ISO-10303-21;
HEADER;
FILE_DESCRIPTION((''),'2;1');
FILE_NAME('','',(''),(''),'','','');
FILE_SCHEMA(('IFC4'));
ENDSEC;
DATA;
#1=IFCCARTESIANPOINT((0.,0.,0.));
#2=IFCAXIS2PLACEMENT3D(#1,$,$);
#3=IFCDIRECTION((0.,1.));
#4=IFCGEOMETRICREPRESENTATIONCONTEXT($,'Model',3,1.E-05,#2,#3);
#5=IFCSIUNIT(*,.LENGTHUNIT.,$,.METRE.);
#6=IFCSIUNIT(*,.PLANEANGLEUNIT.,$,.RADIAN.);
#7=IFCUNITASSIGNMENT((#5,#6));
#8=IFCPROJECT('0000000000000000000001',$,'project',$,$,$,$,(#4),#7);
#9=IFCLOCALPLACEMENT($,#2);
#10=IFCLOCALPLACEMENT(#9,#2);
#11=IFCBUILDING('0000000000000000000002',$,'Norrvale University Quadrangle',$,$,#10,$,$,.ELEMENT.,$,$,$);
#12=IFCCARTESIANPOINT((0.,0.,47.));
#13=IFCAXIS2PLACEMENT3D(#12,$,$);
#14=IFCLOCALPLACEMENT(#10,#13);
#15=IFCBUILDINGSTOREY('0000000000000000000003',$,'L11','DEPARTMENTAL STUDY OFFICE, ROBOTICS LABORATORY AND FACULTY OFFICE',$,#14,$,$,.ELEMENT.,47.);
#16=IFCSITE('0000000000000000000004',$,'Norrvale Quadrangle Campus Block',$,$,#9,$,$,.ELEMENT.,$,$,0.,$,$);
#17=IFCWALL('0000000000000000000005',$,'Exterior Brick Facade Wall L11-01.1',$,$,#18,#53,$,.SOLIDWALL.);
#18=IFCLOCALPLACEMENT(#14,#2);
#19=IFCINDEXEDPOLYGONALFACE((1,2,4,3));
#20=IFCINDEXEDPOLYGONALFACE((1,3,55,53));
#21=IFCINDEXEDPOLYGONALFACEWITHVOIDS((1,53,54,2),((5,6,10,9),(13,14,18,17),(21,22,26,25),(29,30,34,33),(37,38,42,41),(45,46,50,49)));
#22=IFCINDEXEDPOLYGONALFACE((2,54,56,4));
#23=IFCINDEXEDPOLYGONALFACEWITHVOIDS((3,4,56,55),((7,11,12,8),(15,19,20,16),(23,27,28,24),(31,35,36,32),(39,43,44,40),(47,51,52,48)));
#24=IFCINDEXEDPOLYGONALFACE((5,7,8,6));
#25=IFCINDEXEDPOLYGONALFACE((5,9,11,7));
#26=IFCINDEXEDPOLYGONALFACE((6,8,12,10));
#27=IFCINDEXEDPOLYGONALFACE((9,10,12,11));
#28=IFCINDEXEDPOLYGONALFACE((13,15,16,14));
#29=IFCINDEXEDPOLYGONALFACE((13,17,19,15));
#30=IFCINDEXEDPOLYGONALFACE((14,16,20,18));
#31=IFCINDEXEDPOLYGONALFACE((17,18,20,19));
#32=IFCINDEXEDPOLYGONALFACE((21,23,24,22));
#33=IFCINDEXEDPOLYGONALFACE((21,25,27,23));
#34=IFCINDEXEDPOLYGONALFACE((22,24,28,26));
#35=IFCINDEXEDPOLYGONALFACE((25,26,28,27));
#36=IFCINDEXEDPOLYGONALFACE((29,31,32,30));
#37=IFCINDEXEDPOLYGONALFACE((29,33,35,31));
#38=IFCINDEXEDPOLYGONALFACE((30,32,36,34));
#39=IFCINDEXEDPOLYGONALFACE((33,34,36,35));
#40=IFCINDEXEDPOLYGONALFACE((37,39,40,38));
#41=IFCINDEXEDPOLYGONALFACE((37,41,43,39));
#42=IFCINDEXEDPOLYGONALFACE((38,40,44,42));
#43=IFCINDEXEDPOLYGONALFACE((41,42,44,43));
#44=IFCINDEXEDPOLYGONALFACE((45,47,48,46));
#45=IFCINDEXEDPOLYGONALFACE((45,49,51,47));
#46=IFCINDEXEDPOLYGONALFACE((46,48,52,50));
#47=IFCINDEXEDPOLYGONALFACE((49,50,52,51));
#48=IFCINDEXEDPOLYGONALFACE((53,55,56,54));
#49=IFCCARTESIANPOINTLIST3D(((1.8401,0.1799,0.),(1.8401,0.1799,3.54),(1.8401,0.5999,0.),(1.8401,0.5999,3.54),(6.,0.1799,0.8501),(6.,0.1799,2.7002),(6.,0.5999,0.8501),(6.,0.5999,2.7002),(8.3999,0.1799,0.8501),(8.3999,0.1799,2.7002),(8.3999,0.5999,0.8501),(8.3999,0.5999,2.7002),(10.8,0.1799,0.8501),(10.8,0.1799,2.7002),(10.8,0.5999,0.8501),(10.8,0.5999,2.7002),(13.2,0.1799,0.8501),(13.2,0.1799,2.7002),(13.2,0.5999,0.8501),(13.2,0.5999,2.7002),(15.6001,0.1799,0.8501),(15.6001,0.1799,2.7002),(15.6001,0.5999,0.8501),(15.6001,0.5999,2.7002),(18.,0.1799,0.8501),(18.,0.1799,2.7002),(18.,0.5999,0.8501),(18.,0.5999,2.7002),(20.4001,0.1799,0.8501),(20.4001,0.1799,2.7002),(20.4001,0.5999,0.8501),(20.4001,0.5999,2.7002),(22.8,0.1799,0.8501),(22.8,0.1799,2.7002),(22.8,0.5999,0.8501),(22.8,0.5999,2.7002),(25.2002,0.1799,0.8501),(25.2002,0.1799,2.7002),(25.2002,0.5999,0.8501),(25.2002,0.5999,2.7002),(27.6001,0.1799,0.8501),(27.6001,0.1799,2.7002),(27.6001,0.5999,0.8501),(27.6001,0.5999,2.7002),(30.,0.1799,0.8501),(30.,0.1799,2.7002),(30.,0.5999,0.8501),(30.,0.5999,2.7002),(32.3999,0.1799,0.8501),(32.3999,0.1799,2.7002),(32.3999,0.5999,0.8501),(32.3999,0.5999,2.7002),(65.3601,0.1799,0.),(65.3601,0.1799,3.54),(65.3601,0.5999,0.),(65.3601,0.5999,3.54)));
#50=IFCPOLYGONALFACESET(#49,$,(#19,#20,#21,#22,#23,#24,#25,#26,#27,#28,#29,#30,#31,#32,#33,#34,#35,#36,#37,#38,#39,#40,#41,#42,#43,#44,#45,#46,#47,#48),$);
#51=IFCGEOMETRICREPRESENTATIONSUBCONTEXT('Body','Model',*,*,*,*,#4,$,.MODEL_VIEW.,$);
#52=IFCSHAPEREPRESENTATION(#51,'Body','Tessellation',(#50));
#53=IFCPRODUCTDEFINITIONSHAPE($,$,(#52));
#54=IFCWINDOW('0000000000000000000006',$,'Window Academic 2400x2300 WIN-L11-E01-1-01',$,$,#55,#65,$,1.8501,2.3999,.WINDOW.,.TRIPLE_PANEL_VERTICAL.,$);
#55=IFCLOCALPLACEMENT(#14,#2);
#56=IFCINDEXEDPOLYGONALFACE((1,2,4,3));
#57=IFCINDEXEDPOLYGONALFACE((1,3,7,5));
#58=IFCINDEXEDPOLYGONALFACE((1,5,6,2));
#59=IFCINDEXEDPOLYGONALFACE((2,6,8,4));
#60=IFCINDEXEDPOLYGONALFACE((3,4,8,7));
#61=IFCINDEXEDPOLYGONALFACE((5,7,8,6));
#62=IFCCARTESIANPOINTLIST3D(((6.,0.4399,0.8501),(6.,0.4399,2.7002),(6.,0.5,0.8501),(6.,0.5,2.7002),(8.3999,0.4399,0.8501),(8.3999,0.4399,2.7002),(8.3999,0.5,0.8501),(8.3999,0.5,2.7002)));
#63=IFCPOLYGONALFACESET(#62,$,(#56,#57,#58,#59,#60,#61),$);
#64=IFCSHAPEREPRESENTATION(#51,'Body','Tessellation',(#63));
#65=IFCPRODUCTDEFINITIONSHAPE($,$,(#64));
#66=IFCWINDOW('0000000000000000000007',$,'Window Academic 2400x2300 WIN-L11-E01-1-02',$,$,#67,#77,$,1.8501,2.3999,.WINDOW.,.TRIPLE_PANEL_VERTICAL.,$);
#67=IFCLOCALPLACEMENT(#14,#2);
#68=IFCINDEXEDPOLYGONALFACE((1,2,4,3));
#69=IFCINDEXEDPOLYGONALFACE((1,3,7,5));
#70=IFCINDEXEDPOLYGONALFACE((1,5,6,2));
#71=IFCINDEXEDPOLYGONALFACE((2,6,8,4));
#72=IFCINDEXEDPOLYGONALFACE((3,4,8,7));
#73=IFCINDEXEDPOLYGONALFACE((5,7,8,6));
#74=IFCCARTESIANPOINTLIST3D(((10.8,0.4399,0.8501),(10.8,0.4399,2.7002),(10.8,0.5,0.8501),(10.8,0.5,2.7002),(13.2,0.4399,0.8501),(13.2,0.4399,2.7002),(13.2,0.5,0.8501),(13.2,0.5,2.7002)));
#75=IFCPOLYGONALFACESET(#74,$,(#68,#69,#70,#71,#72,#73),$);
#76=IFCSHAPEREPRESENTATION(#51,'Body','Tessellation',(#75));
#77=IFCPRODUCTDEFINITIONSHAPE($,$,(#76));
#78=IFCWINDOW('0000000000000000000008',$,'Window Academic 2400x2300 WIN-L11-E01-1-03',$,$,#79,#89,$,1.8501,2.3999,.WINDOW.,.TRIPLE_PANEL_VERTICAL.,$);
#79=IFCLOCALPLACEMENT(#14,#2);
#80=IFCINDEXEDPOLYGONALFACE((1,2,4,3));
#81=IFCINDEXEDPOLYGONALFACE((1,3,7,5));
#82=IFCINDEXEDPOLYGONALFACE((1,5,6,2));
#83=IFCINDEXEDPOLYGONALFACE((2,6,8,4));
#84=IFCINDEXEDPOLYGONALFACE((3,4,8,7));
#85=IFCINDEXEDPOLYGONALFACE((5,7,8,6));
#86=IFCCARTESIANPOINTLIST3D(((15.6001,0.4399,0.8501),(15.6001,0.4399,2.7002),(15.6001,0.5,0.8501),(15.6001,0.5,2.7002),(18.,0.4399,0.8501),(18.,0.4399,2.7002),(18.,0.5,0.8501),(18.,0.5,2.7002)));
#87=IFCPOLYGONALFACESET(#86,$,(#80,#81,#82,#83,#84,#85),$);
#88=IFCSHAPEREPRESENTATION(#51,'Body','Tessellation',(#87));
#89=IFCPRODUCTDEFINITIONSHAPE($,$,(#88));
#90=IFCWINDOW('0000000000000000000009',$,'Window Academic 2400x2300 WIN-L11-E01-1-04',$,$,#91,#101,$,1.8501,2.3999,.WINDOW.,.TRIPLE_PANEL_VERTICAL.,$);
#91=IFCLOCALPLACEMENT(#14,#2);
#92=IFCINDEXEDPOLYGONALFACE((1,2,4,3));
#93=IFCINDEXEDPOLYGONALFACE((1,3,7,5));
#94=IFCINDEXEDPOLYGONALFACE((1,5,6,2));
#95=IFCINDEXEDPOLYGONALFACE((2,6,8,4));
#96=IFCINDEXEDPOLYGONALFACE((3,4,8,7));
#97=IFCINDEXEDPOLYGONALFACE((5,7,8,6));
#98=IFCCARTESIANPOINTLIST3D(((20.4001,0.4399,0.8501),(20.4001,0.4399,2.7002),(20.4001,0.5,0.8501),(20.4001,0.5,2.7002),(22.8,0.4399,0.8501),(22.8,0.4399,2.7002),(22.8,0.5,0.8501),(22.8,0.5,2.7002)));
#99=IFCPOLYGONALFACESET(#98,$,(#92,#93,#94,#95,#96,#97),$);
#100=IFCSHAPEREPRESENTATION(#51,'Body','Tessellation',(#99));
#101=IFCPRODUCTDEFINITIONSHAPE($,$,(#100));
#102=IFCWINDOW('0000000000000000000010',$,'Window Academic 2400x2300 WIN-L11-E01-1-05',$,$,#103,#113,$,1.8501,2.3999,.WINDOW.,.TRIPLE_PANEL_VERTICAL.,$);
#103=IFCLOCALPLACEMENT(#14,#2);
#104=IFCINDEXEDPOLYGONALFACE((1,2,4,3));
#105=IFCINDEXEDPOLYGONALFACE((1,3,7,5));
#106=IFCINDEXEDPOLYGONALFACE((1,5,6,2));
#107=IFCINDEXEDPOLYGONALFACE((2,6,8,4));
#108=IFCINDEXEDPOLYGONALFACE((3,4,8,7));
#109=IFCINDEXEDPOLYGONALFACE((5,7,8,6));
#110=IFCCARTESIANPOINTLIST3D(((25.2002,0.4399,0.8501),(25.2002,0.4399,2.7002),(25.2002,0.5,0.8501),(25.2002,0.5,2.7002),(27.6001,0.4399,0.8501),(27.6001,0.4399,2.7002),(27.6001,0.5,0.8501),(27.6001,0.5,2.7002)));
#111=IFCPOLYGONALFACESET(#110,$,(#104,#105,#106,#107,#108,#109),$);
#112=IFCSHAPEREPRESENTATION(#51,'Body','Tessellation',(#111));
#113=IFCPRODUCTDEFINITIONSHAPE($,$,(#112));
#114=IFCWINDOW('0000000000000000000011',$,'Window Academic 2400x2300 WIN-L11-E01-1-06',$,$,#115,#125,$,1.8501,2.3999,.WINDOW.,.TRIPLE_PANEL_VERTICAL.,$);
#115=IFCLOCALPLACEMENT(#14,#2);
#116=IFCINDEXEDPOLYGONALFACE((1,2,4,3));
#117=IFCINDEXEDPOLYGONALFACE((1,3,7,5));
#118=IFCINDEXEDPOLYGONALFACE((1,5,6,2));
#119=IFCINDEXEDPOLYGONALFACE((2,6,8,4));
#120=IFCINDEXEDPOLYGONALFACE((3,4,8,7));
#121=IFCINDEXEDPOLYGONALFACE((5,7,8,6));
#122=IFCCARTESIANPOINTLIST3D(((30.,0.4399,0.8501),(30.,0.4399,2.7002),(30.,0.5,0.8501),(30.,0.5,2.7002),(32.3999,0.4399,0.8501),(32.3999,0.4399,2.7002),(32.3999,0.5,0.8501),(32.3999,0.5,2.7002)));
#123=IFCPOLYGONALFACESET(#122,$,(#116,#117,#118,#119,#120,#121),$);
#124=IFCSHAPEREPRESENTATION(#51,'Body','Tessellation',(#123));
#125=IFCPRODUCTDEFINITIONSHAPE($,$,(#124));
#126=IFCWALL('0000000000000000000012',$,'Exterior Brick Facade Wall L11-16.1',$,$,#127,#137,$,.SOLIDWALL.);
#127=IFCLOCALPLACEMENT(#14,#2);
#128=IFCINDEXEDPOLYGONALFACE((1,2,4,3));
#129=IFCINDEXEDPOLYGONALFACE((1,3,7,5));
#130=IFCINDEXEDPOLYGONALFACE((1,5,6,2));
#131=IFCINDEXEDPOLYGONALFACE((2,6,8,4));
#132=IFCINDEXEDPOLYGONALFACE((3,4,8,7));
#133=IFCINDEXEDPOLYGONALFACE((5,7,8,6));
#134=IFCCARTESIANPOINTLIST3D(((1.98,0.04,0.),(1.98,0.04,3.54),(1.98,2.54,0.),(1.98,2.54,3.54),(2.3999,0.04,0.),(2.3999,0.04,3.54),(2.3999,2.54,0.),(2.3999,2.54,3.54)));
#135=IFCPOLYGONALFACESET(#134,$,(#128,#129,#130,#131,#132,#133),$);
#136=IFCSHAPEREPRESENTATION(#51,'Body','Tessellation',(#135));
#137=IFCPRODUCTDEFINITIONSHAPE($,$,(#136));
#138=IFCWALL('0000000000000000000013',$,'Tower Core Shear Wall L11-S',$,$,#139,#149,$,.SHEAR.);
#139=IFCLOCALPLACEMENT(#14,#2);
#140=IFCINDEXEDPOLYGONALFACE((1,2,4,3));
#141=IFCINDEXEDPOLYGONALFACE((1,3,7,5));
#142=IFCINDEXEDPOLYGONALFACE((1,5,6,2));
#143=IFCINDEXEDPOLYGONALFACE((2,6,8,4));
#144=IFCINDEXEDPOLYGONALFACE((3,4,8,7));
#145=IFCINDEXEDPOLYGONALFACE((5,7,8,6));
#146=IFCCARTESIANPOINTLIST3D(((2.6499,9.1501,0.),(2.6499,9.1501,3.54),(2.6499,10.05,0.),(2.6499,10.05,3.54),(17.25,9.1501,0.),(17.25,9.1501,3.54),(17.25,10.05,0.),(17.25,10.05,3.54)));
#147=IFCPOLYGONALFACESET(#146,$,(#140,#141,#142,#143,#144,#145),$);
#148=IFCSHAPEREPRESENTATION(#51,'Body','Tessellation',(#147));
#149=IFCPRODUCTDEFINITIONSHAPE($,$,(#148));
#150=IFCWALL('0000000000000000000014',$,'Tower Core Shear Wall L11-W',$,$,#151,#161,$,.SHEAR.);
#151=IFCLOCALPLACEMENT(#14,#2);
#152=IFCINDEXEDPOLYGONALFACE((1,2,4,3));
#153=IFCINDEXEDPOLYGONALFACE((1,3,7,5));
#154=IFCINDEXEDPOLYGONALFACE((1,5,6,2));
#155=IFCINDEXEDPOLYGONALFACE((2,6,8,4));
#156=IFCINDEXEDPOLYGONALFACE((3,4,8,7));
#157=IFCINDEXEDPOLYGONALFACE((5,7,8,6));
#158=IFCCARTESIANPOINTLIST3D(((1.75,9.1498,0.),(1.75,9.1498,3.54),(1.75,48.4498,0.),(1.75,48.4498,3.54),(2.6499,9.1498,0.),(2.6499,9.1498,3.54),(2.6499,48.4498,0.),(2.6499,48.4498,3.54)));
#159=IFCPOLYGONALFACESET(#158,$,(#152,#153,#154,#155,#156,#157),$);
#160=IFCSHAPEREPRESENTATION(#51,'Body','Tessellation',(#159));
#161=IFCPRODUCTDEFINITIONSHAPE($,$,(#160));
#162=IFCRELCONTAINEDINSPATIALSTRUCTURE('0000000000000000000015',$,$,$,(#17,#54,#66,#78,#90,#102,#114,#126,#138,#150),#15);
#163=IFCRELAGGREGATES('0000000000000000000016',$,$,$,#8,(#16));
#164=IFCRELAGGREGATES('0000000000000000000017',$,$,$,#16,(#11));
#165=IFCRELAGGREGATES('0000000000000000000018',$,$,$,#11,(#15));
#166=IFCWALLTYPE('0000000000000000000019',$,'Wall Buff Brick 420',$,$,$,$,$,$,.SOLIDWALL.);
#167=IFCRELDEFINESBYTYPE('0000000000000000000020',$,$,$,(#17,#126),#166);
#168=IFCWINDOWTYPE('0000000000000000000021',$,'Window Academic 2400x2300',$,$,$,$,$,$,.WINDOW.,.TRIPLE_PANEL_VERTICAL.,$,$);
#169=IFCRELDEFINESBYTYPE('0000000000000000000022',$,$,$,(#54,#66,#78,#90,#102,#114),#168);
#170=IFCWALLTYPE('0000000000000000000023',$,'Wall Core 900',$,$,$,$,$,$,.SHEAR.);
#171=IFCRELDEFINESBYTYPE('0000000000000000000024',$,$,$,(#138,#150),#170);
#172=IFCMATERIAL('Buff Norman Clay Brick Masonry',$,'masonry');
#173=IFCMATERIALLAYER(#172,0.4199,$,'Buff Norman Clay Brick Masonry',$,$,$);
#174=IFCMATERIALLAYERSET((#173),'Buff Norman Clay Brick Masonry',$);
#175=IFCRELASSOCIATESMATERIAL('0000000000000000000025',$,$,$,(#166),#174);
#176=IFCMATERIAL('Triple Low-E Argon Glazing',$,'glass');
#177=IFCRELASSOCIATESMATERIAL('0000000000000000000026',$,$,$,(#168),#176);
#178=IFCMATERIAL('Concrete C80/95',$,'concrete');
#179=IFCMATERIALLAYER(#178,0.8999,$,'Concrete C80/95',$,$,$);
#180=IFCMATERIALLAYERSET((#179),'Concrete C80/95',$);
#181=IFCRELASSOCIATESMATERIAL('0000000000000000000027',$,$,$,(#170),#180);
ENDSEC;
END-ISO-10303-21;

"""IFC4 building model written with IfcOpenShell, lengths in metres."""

from ifc_helpers import new_model, si_unit, direction, frame, frame_2d, origin, place, context, subcontext, project, spatial, rectangle, extrude, material, layer, layer_set, type_object, element, fill, save


model = new_model("IFC4")

# Units and contexts
model_context = context("Model", 3, precision=1e-05, world=origin(), true_north=direction((0.0, 1.0)))
body_context = subcontext(model_context, "Body", "Model", "MODEL_VIEW")
ifc_project = project(units=[si_unit("LENGTHUNIT", "METRE"), si_unit("PLANEANGLEUNIT", "RADIAN")], contexts=[model_context])

# Site, building, storey
site_placement = place(None, origin())
site = spatial("IfcSite", under=ifc_project, at=site_placement, Name="Norrvale Quadrangle Campus Block", CompositionType="ELEMENT", RefElevation=0.0)
building_placement = place(site_placement, origin())
building = spatial("IfcBuilding", under=site, at=building_placement, Name="Norrvale University Quadrangle", CompositionType="ELEMENT")
storey_placement = place(building_placement, frame((0.0, 0.0, 47.0)))
storey = spatial("IfcBuildingStorey", under=building, at=storey_placement, Name="L11", Description="DEPARTMENTAL STUDY OFFICE, ROBOTICS LABORATORY AND FACULTY OFFICE", CompositionType="ELEMENT", Elevation=47.0)

# Shared definitions
ifc_material_1 = material(Name="Concrete C80/95", Category="concrete")

# Wall, openings, windows
ifc_material_2 = material(Name="Buff Norman Clay Brick Masonry", Category="masonry")
ifc_layer_1 = layer(ifc_material_2, 0.4199, Name="Buff Norman Clay Brick Masonry")
ifc_layer_set_1 = layer_set([ifc_layer_1], Name="Buff Norman Clay Brick Masonry")
wall_type_1 = type_object("IfcWallType", Name="Wall Buff Brick 420", PredefinedType="SOLIDWALL", material=ifc_layer_set_1)
wall_1_placement = place(storey_placement, frame((1.8401, 0.3899, 0.0), z_axis=(0.0, 0.0, 1.0), x_axis=(1.0, 0.0, 0.0)))
wall_1 = element("IfcWall", 1, at=wall_1_placement, inside=storey, type_object=wall_type_1, Name="Exterior Brick Facade Wall L11-01.1", PredefinedType="SOLIDWALL", context=body_context, shape_type="SweptSolid", body=[
    extrude(rectangle(XDim=63.52, YDim=0.4199, at=frame_2d((31.76, 0.0))), origin(), (0.0, 0.0, 1.0), 3.54),
])
opening_1_placement = place(wall_1_placement, frame((4.1599, 0.0, 0.8501)))
opening_1 = element("IfcOpeningElement", 2, at=opening_1_placement, cuts=wall_1, PredefinedType="OPENING", context=body_context, shape_type="SweptSolid", body=[
    extrude(rectangle(XDim=2.3999, YDim=1.8501, at=frame_2d((1.2, 0.925))), frame((0.0, 0.2219, 0.0), z_axis=(0.0, -1.0, 0.0), x_axis=(1.0, 0.0, 0.0)), (0.0, 0.0, 1.0), 0.4438),
])
opening_2_placement = place(wall_1_placement, frame((8.96, 0.0, 0.8501)))
opening_2 = element("IfcOpeningElement", 3, at=opening_2_placement, cuts=wall_1, PredefinedType="OPENING", context=body_context, shape_type="SweptSolid", body=[
    extrude(rectangle(XDim=2.3999, YDim=1.8501, at=frame_2d((1.2, 0.925))), frame((0.0, 0.2219, 0.0), z_axis=(0.0, -1.0, 0.0), x_axis=(1.0, 0.0, 0.0)), (0.0, 0.0, 1.0), 0.4438),
])
opening_3_placement = place(wall_1_placement, frame((13.76, 0.0, 0.8501)))
opening_3 = element("IfcOpeningElement", 4, at=opening_3_placement, cuts=wall_1, PredefinedType="OPENING", context=body_context, shape_type="SweptSolid", body=[
    extrude(rectangle(XDim=2.3999, YDim=1.8501, at=frame_2d((1.2, 0.925))), frame((0.0, 0.2219, 0.0), z_axis=(0.0, -1.0, 0.0), x_axis=(1.0, 0.0, 0.0)), (0.0, 0.0, 1.0), 0.4438),
])
opening_4_placement = place(wall_1_placement, frame((18.5601, 0.0, 0.8501)))
opening_4 = element("IfcOpeningElement", 5, at=opening_4_placement, cuts=wall_1, PredefinedType="OPENING", context=body_context, shape_type="SweptSolid", body=[
    extrude(rectangle(XDim=2.3999, YDim=1.8501, at=frame_2d((1.2, 0.925))), frame((0.0, 0.2219, 0.0), z_axis=(0.0, -1.0, 0.0), x_axis=(1.0, 0.0, 0.0)), (0.0, 0.0, 1.0), 0.4438),
])
opening_5_placement = place(wall_1_placement, frame((23.3601, 0.0, 0.8501)))
opening_5 = element("IfcOpeningElement", 6, at=opening_5_placement, cuts=wall_1, PredefinedType="OPENING", context=body_context, shape_type="SweptSolid", body=[
    extrude(rectangle(XDim=2.3999, YDim=1.8501, at=frame_2d((1.2, 0.925))), frame((0.0, 0.2219, 0.0), z_axis=(0.0, -1.0, 0.0), x_axis=(1.0, 0.0, 0.0)), (0.0, 0.0, 1.0), 0.4438),
])
opening_6_placement = place(wall_1_placement, frame((28.1599, 0.0, 0.8501)))
opening_6 = element("IfcOpeningElement", 7, at=opening_6_placement, cuts=wall_1, PredefinedType="OPENING", context=body_context, shape_type="SweptSolid", body=[
    extrude(rectangle(XDim=2.3999, YDim=1.8501, at=frame_2d((1.2, 0.925))), frame((0.0, 0.2219, 0.0), z_axis=(0.0, -1.0, 0.0), x_axis=(1.0, 0.0, 0.0)), (0.0, 0.0, 1.0), 0.4438),
])
ifc_material_3 = material(Name="Triple Low-E Argon Glazing", Category="glass")
window_type = type_object("IfcWindowType", Name="Window Academic 2400x2300", PartitioningType="TRIPLE_PANEL_VERTICAL", PredefinedType="WINDOW", material=ifc_material_3)
window_1_placement = place(opening_1_placement, origin())
window_1 = element("IfcWindow", 8, at=window_1_placement, inside=storey, type_object=window_type, Name="Window Academic 2400x2300 WIN-L11-E01-1-01", OverallHeight=1.8501, OverallWidth=2.3999, PartitioningType="TRIPLE_PANEL_VERTICAL", PredefinedType="WINDOW", context=body_context, shape_type="SweptSolid", body=[
    extrude(rectangle(XDim=2.3999, YDim=1.8501, at=frame_2d((1.2, 0.925))), frame((0.0, 0.1101, 0.0), z_axis=(0.0, -1.0, 0.0), x_axis=(1.0, 0.0, 0.0)), (0.0, 0.0, 1.0), 0.0601),
])
fill(opening_1, window_1)
window_2_placement = place(opening_2_placement, origin())
window_2 = element("IfcWindow", 9, at=window_2_placement, inside=storey, type_object=window_type, Name="Window Academic 2400x2300 WIN-L11-E01-1-02", OverallHeight=1.8501, OverallWidth=2.3999, PartitioningType="TRIPLE_PANEL_VERTICAL", PredefinedType="WINDOW", context=body_context, shape_type="SweptSolid", body=[
    extrude(rectangle(XDim=2.3999, YDim=1.8501, at=frame_2d((1.2, 0.925))), frame((0.0, 0.1101, 0.0), z_axis=(0.0, -1.0, 0.0), x_axis=(1.0, 0.0, 0.0)), (0.0, 0.0, 1.0), 0.0601),
])
fill(opening_2, window_2)
window_3_placement = place(opening_3_placement, origin())
window_3 = element("IfcWindow", 10, at=window_3_placement, inside=storey, type_object=window_type, Name="Window Academic 2400x2300 WIN-L11-E01-1-03", OverallHeight=1.8501, OverallWidth=2.3999, PartitioningType="TRIPLE_PANEL_VERTICAL", PredefinedType="WINDOW", context=body_context, shape_type="SweptSolid", body=[
    extrude(rectangle(XDim=2.3999, YDim=1.8501, at=frame_2d((1.2, 0.925))), frame((0.0, 0.1101, 0.0), z_axis=(0.0, -1.0, 0.0), x_axis=(1.0, 0.0, 0.0)), (0.0, 0.0, 1.0), 0.0601),
])
fill(opening_3, window_3)
window_4_placement = place(opening_4_placement, origin())
window_4 = element("IfcWindow", 11, at=window_4_placement, inside=storey, type_object=window_type, Name="Window Academic 2400x2300 WIN-L11-E01-1-04", OverallHeight=1.8501, OverallWidth=2.3999, PartitioningType="TRIPLE_PANEL_VERTICAL", PredefinedType="WINDOW", context=body_context, shape_type="SweptSolid", body=[
    extrude(rectangle(XDim=2.3999, YDim=1.8501, at=frame_2d((1.2, 0.925))), frame((0.0, 0.1101, 0.0), z_axis=(0.0, -1.0, 0.0), x_axis=(1.0, 0.0, 0.0)), (0.0, 0.0, 1.0), 0.0601),
])
fill(opening_4, window_4)
window_5_placement = place(opening_5_placement, origin())
window_5 = element("IfcWindow", 12, at=window_5_placement, inside=storey, type_object=window_type, Name="Window Academic 2400x2300 WIN-L11-E01-1-05", OverallHeight=1.8501, OverallWidth=2.3999, PartitioningType="TRIPLE_PANEL_VERTICAL", PredefinedType="WINDOW", context=body_context, shape_type="SweptSolid", body=[
    extrude(rectangle(XDim=2.3999, YDim=1.8501, at=frame_2d((1.2, 0.925))), frame((0.0, 0.1101, 0.0), z_axis=(0.0, -1.0, 0.0), x_axis=(1.0, 0.0, 0.0)), (0.0, 0.0, 1.0), 0.0601),
])
fill(opening_5, window_5)
window_6_placement = place(opening_6_placement, origin())
window_6 = element("IfcWindow", 13, at=window_6_placement, inside=storey, type_object=window_type, Name="Window Academic 2400x2300 WIN-L11-E01-1-06", OverallHeight=1.8501, OverallWidth=2.3999, PartitioningType="TRIPLE_PANEL_VERTICAL", PredefinedType="WINDOW", context=body_context, shape_type="SweptSolid", body=[
    extrude(rectangle(XDim=2.3999, YDim=1.8501, at=frame_2d((1.2, 0.925))), frame((0.0, 0.1101, 0.0), z_axis=(0.0, -1.0, 0.0), x_axis=(1.0, 0.0, 0.0)), (0.0, 0.0, 1.0), 0.0601),
])
fill(opening_6, window_6)

# Walls
wall_2_placement = place(storey_placement, frame((2.1899, 2.54, 0.0), z_axis=(0.0, 0.0, 1.0), x_axis=(0.0, -1.0, 0.0)))
element("IfcWall", 14, at=wall_2_placement, inside=storey, type_object=wall_type_1, Name="Exterior Brick Facade Wall L11-16.1", PredefinedType="SOLIDWALL", context=body_context, shape_type="SweptSolid", body=[
    extrude(rectangle(XDim=2.5, YDim=0.4199, at=frame_2d((1.25, 0.0))), origin(), (0.0, 0.0, 1.0), 3.54),
])
ifc_layer_2 = layer(ifc_material_1, 0.8999, Name="Concrete C80/95")
ifc_layer_set_2 = layer_set([ifc_layer_2], Name="Concrete C80/95")
wall_type_2 = type_object("IfcWallType", Name="Wall Core 900", PredefinedType="SHEAR", material=ifc_layer_set_2)
wall_3_placement = place(storey_placement, frame((2.6499, 9.6001, 0.0), z_axis=(0.0, 0.0, 1.0), x_axis=(1.0, 0.0, 0.0)))
element("IfcWall", 15, at=wall_3_placement, inside=storey, type_object=wall_type_2, Name="Tower Core Shear Wall L11-S", PredefinedType="SHEAR", context=body_context, shape_type="SweptSolid", body=[
    extrude(rectangle(XDim=14.6001, YDim=0.8999, at=frame_2d((7.3, 0.0))), origin(), (0.0, 0.0, 1.0), 3.54),
])
wall_4_placement = place(storey_placement, frame((2.2, 9.1499, 0.0), z_axis=(0.0, 0.0, 1.0), x_axis=(0.0, 1.0, 0.0)))
element("IfcWall", 16, at=wall_4_placement, inside=storey, type_object=wall_type_2, Name="Tower Core Shear Wall L11-W", PredefinedType="SHEAR", context=body_context, shape_type="SweptSolid", body=[
    extrude(rectangle(XDim=39.3, YDim=0.8999, at=frame_2d((19.6499, 0.0))), origin(), (0.0, 0.0, 1.0), 3.54),
])

save(model, "model.ifc")
